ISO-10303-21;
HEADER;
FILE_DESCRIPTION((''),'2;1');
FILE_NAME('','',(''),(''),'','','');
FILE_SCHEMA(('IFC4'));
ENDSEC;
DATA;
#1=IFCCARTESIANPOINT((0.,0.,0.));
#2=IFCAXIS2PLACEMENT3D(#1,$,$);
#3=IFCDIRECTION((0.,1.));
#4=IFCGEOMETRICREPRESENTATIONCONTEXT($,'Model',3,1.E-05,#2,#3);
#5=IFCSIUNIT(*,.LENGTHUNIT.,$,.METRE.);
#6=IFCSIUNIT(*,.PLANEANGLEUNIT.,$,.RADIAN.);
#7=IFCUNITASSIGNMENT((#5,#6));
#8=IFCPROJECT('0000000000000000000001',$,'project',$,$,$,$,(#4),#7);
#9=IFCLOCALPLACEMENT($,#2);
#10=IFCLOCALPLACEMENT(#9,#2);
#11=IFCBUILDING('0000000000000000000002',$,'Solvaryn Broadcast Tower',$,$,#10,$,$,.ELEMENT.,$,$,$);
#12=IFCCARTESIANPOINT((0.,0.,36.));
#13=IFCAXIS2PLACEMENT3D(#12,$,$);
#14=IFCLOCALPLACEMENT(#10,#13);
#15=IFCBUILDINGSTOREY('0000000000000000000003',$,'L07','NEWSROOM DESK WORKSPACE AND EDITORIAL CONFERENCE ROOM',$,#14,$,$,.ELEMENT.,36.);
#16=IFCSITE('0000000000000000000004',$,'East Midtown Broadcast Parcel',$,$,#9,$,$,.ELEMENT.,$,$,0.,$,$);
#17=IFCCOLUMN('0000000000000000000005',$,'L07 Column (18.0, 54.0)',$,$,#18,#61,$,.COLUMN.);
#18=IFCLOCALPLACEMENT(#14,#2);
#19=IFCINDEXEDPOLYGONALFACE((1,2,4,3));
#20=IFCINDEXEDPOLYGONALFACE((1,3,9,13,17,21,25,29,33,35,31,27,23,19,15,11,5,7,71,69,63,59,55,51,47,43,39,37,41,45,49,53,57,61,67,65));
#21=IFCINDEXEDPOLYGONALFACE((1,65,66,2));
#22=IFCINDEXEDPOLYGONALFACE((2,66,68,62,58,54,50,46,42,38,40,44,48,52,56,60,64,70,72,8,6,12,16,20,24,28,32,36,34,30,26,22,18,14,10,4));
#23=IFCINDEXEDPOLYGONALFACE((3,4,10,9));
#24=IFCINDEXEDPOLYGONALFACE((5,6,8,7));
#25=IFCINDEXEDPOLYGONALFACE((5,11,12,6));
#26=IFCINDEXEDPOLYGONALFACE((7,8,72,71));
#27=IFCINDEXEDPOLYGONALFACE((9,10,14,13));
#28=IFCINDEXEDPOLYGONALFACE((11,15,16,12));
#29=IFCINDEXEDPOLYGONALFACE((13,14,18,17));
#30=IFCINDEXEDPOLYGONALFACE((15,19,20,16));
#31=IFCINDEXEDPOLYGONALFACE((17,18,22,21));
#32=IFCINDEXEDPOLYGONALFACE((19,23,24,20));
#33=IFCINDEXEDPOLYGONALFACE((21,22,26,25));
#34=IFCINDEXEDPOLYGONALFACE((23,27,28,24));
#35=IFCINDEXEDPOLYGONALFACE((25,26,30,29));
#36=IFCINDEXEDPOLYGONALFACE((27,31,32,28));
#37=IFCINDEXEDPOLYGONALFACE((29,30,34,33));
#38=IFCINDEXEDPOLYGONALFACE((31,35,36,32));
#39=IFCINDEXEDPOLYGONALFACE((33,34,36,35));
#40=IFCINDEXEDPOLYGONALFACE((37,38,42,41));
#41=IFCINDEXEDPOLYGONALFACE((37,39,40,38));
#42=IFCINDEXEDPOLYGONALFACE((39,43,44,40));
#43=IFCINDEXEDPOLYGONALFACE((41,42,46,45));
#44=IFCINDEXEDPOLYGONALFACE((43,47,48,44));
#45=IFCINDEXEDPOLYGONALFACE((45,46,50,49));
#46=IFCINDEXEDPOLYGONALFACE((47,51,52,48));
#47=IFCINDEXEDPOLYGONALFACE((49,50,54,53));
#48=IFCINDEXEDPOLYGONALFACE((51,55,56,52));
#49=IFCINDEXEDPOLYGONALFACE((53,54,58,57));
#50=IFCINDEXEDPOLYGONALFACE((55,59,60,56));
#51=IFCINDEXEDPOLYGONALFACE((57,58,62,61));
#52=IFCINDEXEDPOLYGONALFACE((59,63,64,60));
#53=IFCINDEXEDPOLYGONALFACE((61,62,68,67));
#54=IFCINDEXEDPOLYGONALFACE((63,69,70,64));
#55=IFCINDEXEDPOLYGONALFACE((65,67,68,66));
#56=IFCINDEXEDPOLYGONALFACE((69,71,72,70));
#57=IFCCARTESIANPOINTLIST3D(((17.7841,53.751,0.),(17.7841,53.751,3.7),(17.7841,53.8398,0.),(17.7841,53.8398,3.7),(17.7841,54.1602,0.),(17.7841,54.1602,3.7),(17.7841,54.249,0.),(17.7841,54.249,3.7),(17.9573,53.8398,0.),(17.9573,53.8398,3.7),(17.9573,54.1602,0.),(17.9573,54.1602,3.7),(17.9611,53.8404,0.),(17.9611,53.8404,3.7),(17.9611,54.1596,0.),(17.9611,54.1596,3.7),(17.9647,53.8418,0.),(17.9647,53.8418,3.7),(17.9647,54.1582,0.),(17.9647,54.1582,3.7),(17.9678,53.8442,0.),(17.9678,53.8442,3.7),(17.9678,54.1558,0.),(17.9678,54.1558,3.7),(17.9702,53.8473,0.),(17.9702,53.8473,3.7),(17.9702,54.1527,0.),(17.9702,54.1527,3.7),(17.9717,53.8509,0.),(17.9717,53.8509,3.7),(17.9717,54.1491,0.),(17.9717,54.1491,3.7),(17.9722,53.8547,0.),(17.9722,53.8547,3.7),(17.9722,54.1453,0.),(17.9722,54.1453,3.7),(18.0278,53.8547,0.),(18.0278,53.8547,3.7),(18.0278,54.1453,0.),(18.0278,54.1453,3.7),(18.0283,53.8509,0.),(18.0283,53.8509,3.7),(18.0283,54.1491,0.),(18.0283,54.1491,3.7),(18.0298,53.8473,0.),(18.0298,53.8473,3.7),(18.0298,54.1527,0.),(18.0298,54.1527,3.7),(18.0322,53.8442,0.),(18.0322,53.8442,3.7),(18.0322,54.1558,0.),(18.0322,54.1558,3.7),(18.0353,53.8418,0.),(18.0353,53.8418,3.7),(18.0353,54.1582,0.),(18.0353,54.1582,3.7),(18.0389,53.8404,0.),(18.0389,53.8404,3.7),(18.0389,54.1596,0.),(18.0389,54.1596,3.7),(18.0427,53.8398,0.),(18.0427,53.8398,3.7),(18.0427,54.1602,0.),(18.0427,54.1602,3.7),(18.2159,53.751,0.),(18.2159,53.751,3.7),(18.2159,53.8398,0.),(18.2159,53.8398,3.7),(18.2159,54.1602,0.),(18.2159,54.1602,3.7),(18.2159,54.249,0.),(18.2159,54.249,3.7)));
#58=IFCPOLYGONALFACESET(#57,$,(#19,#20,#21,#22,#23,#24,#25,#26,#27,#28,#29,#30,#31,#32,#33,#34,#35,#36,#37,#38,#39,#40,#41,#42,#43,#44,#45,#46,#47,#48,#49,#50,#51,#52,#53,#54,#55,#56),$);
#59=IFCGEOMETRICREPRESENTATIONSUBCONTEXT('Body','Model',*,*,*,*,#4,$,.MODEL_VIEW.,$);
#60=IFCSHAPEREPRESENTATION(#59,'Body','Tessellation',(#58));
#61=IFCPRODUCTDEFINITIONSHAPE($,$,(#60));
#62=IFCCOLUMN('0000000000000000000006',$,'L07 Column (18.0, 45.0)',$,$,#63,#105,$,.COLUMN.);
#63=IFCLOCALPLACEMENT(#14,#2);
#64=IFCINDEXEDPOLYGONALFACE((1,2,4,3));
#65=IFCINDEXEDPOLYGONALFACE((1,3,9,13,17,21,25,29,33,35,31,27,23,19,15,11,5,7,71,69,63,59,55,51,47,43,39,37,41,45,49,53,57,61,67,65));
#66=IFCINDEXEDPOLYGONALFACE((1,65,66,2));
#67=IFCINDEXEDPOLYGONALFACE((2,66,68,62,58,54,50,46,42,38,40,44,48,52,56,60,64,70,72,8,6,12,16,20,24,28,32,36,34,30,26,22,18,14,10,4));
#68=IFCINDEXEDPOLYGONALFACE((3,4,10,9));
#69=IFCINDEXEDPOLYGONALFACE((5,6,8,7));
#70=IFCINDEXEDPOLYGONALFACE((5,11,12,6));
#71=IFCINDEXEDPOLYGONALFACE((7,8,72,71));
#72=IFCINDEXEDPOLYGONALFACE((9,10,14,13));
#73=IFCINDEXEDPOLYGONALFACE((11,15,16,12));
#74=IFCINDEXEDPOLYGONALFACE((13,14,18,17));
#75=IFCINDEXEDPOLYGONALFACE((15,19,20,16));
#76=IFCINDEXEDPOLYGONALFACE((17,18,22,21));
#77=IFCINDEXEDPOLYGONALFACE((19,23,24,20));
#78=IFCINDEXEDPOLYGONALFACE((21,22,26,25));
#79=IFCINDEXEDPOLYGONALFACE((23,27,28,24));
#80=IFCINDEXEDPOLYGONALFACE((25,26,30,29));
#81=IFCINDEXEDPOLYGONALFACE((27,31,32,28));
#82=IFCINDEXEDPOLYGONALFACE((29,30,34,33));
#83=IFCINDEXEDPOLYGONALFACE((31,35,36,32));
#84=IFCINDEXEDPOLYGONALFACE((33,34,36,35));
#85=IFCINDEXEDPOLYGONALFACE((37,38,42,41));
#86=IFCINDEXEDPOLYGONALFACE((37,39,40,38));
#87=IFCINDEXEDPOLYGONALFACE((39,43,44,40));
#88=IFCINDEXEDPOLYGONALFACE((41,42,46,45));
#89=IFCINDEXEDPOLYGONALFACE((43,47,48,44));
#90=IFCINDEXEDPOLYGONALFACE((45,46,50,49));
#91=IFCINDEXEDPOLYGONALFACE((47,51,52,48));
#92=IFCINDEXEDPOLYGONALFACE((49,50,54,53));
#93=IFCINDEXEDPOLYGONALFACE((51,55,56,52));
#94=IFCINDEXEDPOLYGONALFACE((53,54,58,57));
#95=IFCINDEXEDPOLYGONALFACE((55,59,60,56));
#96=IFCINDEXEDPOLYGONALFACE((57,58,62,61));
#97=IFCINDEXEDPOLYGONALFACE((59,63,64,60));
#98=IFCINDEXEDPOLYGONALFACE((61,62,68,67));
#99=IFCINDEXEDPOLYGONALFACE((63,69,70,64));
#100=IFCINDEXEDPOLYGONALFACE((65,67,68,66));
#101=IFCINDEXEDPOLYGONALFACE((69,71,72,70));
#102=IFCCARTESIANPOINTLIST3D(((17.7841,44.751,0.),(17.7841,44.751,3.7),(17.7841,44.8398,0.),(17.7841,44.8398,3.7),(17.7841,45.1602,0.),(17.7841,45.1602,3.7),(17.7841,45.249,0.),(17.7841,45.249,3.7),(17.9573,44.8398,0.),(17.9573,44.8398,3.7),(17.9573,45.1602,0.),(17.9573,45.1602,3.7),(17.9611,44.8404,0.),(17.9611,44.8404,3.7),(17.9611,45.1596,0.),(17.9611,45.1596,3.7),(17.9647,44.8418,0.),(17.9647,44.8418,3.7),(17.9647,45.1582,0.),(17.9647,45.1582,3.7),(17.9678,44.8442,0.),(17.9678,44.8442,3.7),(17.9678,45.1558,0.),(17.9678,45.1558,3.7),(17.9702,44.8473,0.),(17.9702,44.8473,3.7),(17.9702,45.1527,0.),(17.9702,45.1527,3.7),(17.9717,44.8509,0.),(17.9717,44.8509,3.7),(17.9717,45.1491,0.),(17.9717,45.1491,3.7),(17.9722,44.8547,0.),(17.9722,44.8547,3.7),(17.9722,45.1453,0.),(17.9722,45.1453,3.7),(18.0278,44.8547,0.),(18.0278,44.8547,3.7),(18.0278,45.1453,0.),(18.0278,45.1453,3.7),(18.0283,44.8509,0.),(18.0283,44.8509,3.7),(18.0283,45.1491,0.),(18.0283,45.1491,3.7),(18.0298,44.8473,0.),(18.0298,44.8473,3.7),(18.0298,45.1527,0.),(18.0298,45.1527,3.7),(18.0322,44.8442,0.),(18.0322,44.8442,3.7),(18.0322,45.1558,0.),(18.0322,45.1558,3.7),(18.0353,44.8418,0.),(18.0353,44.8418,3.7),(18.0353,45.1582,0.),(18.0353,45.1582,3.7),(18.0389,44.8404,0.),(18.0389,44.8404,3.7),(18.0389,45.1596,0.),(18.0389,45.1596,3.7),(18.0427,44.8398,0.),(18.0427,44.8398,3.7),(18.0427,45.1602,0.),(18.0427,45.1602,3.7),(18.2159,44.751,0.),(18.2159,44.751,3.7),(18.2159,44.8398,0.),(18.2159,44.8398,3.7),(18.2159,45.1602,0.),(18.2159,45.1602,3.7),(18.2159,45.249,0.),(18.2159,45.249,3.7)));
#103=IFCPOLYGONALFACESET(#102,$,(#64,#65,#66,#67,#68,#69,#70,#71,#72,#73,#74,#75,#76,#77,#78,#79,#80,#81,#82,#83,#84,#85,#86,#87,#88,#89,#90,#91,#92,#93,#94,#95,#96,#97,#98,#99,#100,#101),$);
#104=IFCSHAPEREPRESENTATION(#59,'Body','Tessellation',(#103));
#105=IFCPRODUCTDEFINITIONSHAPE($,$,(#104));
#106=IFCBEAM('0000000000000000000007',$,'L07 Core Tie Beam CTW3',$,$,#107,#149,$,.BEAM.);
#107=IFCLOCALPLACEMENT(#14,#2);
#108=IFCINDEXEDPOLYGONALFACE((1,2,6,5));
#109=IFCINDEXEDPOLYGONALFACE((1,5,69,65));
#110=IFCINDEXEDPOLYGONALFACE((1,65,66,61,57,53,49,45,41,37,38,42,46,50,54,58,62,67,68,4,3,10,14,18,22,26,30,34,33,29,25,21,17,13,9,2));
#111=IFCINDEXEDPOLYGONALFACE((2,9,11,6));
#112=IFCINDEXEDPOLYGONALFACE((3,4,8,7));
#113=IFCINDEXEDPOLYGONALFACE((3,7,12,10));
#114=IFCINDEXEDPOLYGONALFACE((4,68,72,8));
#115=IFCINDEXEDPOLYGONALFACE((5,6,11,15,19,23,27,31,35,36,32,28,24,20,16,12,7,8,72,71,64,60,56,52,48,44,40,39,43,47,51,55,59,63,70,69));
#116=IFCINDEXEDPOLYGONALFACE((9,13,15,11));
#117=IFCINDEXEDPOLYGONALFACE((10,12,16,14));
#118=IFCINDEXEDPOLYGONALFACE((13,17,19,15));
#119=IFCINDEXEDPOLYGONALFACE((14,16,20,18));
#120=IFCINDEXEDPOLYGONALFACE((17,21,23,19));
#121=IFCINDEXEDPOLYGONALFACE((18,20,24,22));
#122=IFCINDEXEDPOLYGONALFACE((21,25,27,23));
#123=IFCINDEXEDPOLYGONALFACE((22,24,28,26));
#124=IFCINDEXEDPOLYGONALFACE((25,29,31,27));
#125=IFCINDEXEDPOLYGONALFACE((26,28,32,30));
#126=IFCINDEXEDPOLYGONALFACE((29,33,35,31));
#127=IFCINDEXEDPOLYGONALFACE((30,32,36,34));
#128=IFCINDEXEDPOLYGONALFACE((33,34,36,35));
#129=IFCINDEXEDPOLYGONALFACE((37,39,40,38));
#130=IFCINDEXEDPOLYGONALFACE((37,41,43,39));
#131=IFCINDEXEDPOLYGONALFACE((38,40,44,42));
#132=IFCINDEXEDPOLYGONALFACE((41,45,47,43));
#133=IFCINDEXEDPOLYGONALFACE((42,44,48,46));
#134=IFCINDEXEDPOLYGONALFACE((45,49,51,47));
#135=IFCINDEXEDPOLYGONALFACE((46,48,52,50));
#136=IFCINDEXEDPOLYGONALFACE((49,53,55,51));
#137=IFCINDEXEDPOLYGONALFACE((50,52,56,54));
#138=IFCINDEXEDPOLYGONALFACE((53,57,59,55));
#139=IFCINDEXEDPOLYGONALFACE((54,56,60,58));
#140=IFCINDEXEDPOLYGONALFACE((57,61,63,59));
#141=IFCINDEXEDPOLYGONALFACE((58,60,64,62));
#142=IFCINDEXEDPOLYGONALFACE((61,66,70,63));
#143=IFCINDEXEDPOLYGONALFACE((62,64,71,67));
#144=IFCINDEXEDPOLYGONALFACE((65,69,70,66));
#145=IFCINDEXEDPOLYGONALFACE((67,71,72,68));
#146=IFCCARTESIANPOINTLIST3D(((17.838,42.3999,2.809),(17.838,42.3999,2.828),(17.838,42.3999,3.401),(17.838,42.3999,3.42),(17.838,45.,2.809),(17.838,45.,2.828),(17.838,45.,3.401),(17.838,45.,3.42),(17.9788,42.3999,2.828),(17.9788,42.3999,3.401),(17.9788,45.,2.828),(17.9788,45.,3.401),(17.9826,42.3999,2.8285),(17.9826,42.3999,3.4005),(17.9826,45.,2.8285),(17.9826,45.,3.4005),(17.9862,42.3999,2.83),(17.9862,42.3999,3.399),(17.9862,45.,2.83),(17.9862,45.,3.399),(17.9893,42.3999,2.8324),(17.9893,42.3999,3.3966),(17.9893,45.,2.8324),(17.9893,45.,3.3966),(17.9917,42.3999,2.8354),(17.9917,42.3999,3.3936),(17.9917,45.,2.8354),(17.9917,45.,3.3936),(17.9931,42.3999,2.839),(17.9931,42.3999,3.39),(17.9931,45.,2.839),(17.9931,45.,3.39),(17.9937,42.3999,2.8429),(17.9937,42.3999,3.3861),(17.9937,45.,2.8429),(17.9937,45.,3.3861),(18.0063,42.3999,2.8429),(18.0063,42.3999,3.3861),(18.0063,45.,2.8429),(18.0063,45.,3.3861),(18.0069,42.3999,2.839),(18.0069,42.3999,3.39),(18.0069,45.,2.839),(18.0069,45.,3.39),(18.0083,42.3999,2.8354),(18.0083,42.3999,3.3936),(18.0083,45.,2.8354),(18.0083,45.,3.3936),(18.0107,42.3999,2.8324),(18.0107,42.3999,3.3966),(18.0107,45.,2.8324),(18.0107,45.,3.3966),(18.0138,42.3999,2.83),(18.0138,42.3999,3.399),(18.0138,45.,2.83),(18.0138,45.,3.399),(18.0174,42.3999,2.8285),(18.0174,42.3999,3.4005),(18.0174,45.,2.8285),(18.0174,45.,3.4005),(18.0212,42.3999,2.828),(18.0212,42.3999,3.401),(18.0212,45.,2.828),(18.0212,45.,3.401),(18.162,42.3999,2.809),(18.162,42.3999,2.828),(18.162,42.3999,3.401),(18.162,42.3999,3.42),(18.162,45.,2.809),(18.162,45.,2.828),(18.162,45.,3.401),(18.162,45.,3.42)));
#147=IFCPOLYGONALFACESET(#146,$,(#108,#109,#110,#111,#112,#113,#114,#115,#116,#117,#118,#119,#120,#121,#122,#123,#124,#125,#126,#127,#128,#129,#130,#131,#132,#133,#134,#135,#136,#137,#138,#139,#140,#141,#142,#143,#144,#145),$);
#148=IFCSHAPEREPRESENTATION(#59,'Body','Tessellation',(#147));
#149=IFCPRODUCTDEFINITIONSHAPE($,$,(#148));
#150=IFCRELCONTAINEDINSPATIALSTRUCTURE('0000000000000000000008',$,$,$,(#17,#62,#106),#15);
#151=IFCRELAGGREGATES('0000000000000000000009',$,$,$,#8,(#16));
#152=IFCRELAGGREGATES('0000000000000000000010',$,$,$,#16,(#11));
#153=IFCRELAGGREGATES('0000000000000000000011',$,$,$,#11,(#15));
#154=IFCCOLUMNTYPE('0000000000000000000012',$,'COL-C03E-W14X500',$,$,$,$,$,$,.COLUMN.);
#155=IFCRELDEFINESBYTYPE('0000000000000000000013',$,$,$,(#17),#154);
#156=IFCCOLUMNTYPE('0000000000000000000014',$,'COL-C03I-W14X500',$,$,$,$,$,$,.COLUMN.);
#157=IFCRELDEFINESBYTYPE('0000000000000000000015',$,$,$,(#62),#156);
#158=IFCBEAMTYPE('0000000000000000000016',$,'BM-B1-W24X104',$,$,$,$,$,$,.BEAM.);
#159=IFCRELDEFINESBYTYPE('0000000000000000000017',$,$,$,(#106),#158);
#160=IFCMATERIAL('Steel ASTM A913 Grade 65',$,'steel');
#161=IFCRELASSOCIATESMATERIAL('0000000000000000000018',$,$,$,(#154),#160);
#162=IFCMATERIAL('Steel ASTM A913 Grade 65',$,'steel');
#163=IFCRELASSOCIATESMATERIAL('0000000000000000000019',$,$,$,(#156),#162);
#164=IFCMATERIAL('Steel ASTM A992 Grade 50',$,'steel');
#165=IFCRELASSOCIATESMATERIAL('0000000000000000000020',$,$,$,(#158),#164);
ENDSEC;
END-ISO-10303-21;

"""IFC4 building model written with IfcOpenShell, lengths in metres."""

from ifc_helpers import new_model, si_unit, direction, frame, origin, origin_2d, place, context, subcontext, project, spatial, i_section, extrude, material, material_profile, profile_set, type_object, element, save


model = new_model("IFC4")

# Units and contexts
model_context = context("Model", 3, precision=1e-05, world=origin(), true_north=direction((0.0, 1.0)))
body_context = subcontext(model_context, "Body", "Model", "MODEL_VIEW")
ifc_project = project(units=[si_unit("LENGTHUNIT", "METRE"), si_unit("PLANEANGLEUNIT", "RADIAN")], contexts=[model_context])

# Site, building, storey
site_placement = place(None, origin())
site = spatial("IfcSite", under=ifc_project, at=site_placement, Name="East Midtown Broadcast Parcel", CompositionType="ELEMENT", RefElevation=0.0)
building_placement = place(site_placement, origin())
building = spatial("IfcBuilding", under=site, at=building_placement, Name="Solvaryn Broadcast Tower", CompositionType="ELEMENT")
storey_placement = place(building_placement, frame((0.0, 0.0, 36.0)))
storey = spatial("IfcBuildingStorey", under=building, at=storey_placement, Name="L07", Description="NEWSROOM DESK WORKSPACE AND EDITORIAL CONFERENCE ROOM", CompositionType="ELEMENT", Elevation=36.0)

# Columns
ifc_material_1 = material(Name="Steel ASTM A913 Grade 65", Category="steel")
ifc_material_profile_1 = material_profile(ifc_material_1, i_section(OverallWidth=0.4319, OverallDepth=0.498, WebThickness=0.0557, FlangeThickness=0.0889, FilletRadius=0.0149, at=origin_2d()))
ifc_profile_set_1 = profile_set([ifc_material_profile_1], Name="Steel ASTM A913 Grade 65")
column_type_1 = type_object("IfcColumnType", Name="COL-C03E-W14X500", PredefinedType="COLUMN", material=ifc_profile_set_1)
column_1_placement = place(storey_placement, frame((18.0, 54.0, 0.0), z_axis=(0.0, 0.0, 1.0), x_axis=(1.0, 0.0, 0.0)))
element("IfcColumn", 1, at=column_1_placement, inside=storey, type_object=column_type_1, Name="L07 Column (18.0, 54.0)", PredefinedType="COLUMN", context=body_context, shape_type="SweptSolid", body=[
    extrude(i_section(OverallWidth=0.4319, OverallDepth=0.498, WebThickness=0.0557, FlangeThickness=0.0889, FilletRadius=0.0149, at=origin_2d()), origin(), (0.0, 0.0, 1.0), 3.7),
])
ifc_material_2 = material(Name="Steel ASTM A913 Grade 65", Category="steel")
ifc_material_profile_2 = material_profile(ifc_material_2, i_section(OverallWidth=0.4319, OverallDepth=0.498, WebThickness=0.0557, FlangeThickness=0.0889, FilletRadius=0.0149, at=origin_2d()))
ifc_profile_set_2 = profile_set([ifc_material_profile_2], Name="Steel ASTM A913 Grade 65")
column_type_2 = type_object("IfcColumnType", Name="COL-C03I-W14X500", PredefinedType="COLUMN", material=ifc_profile_set_2)
column_2_placement = place(storey_placement, frame((18.0, 45.0, 0.0), z_axis=(0.0, 0.0, 1.0), x_axis=(1.0, 0.0, 0.0)))
element("IfcColumn", 2, at=column_2_placement, inside=storey, type_object=column_type_2, Name="L07 Column (18.0, 45.0)", PredefinedType="COLUMN", context=body_context, shape_type="SweptSolid", body=[
    extrude(i_section(OverallWidth=0.4319, OverallDepth=0.498, WebThickness=0.0557, FlangeThickness=0.0889, FilletRadius=0.0149, at=origin_2d()), origin(), (0.0, 0.0, 1.0), 3.7),
])

# Beam
ifc_material_3 = material(Name="Steel ASTM A992 Grade 50", Category="steel")
ifc_material_profile_3 = material_profile(ifc_material_3, i_section(OverallWidth=0.324, OverallDepth=0.6111, WebThickness=0.0127, FlangeThickness=0.019, FilletRadius=0.0149, at=origin_2d()))
ifc_profile_set_3 = profile_set([ifc_material_profile_3], Name="Steel ASTM A992 Grade 50")
beam_type_1 = type_object("IfcBeamType", Name="BM-B1-W24X104", PredefinedType="BEAM", material=ifc_profile_set_3)
beam_1_placement = place(storey_placement, frame((18.0, 42.3999, 3.1145), z_axis=(0.0, 1.0, 0.0), x_axis=(-1.0, 0.0, 0.0)))
element("IfcBeam", 3, at=beam_1_placement, inside=storey, type_object=beam_type_1, Name="L07 Core Tie Beam CTW3", PredefinedType="BEAM", context=body_context, shape_type="SweptSolid", body=[
    extrude(i_section(OverallWidth=0.324, OverallDepth=0.6111, WebThickness=0.0127, FlangeThickness=0.019, FilletRadius=0.0149, at=origin_2d()), origin(), (0.0, 0.0, 1.0), 2.6001),
])

save(model, "model.ifc")
